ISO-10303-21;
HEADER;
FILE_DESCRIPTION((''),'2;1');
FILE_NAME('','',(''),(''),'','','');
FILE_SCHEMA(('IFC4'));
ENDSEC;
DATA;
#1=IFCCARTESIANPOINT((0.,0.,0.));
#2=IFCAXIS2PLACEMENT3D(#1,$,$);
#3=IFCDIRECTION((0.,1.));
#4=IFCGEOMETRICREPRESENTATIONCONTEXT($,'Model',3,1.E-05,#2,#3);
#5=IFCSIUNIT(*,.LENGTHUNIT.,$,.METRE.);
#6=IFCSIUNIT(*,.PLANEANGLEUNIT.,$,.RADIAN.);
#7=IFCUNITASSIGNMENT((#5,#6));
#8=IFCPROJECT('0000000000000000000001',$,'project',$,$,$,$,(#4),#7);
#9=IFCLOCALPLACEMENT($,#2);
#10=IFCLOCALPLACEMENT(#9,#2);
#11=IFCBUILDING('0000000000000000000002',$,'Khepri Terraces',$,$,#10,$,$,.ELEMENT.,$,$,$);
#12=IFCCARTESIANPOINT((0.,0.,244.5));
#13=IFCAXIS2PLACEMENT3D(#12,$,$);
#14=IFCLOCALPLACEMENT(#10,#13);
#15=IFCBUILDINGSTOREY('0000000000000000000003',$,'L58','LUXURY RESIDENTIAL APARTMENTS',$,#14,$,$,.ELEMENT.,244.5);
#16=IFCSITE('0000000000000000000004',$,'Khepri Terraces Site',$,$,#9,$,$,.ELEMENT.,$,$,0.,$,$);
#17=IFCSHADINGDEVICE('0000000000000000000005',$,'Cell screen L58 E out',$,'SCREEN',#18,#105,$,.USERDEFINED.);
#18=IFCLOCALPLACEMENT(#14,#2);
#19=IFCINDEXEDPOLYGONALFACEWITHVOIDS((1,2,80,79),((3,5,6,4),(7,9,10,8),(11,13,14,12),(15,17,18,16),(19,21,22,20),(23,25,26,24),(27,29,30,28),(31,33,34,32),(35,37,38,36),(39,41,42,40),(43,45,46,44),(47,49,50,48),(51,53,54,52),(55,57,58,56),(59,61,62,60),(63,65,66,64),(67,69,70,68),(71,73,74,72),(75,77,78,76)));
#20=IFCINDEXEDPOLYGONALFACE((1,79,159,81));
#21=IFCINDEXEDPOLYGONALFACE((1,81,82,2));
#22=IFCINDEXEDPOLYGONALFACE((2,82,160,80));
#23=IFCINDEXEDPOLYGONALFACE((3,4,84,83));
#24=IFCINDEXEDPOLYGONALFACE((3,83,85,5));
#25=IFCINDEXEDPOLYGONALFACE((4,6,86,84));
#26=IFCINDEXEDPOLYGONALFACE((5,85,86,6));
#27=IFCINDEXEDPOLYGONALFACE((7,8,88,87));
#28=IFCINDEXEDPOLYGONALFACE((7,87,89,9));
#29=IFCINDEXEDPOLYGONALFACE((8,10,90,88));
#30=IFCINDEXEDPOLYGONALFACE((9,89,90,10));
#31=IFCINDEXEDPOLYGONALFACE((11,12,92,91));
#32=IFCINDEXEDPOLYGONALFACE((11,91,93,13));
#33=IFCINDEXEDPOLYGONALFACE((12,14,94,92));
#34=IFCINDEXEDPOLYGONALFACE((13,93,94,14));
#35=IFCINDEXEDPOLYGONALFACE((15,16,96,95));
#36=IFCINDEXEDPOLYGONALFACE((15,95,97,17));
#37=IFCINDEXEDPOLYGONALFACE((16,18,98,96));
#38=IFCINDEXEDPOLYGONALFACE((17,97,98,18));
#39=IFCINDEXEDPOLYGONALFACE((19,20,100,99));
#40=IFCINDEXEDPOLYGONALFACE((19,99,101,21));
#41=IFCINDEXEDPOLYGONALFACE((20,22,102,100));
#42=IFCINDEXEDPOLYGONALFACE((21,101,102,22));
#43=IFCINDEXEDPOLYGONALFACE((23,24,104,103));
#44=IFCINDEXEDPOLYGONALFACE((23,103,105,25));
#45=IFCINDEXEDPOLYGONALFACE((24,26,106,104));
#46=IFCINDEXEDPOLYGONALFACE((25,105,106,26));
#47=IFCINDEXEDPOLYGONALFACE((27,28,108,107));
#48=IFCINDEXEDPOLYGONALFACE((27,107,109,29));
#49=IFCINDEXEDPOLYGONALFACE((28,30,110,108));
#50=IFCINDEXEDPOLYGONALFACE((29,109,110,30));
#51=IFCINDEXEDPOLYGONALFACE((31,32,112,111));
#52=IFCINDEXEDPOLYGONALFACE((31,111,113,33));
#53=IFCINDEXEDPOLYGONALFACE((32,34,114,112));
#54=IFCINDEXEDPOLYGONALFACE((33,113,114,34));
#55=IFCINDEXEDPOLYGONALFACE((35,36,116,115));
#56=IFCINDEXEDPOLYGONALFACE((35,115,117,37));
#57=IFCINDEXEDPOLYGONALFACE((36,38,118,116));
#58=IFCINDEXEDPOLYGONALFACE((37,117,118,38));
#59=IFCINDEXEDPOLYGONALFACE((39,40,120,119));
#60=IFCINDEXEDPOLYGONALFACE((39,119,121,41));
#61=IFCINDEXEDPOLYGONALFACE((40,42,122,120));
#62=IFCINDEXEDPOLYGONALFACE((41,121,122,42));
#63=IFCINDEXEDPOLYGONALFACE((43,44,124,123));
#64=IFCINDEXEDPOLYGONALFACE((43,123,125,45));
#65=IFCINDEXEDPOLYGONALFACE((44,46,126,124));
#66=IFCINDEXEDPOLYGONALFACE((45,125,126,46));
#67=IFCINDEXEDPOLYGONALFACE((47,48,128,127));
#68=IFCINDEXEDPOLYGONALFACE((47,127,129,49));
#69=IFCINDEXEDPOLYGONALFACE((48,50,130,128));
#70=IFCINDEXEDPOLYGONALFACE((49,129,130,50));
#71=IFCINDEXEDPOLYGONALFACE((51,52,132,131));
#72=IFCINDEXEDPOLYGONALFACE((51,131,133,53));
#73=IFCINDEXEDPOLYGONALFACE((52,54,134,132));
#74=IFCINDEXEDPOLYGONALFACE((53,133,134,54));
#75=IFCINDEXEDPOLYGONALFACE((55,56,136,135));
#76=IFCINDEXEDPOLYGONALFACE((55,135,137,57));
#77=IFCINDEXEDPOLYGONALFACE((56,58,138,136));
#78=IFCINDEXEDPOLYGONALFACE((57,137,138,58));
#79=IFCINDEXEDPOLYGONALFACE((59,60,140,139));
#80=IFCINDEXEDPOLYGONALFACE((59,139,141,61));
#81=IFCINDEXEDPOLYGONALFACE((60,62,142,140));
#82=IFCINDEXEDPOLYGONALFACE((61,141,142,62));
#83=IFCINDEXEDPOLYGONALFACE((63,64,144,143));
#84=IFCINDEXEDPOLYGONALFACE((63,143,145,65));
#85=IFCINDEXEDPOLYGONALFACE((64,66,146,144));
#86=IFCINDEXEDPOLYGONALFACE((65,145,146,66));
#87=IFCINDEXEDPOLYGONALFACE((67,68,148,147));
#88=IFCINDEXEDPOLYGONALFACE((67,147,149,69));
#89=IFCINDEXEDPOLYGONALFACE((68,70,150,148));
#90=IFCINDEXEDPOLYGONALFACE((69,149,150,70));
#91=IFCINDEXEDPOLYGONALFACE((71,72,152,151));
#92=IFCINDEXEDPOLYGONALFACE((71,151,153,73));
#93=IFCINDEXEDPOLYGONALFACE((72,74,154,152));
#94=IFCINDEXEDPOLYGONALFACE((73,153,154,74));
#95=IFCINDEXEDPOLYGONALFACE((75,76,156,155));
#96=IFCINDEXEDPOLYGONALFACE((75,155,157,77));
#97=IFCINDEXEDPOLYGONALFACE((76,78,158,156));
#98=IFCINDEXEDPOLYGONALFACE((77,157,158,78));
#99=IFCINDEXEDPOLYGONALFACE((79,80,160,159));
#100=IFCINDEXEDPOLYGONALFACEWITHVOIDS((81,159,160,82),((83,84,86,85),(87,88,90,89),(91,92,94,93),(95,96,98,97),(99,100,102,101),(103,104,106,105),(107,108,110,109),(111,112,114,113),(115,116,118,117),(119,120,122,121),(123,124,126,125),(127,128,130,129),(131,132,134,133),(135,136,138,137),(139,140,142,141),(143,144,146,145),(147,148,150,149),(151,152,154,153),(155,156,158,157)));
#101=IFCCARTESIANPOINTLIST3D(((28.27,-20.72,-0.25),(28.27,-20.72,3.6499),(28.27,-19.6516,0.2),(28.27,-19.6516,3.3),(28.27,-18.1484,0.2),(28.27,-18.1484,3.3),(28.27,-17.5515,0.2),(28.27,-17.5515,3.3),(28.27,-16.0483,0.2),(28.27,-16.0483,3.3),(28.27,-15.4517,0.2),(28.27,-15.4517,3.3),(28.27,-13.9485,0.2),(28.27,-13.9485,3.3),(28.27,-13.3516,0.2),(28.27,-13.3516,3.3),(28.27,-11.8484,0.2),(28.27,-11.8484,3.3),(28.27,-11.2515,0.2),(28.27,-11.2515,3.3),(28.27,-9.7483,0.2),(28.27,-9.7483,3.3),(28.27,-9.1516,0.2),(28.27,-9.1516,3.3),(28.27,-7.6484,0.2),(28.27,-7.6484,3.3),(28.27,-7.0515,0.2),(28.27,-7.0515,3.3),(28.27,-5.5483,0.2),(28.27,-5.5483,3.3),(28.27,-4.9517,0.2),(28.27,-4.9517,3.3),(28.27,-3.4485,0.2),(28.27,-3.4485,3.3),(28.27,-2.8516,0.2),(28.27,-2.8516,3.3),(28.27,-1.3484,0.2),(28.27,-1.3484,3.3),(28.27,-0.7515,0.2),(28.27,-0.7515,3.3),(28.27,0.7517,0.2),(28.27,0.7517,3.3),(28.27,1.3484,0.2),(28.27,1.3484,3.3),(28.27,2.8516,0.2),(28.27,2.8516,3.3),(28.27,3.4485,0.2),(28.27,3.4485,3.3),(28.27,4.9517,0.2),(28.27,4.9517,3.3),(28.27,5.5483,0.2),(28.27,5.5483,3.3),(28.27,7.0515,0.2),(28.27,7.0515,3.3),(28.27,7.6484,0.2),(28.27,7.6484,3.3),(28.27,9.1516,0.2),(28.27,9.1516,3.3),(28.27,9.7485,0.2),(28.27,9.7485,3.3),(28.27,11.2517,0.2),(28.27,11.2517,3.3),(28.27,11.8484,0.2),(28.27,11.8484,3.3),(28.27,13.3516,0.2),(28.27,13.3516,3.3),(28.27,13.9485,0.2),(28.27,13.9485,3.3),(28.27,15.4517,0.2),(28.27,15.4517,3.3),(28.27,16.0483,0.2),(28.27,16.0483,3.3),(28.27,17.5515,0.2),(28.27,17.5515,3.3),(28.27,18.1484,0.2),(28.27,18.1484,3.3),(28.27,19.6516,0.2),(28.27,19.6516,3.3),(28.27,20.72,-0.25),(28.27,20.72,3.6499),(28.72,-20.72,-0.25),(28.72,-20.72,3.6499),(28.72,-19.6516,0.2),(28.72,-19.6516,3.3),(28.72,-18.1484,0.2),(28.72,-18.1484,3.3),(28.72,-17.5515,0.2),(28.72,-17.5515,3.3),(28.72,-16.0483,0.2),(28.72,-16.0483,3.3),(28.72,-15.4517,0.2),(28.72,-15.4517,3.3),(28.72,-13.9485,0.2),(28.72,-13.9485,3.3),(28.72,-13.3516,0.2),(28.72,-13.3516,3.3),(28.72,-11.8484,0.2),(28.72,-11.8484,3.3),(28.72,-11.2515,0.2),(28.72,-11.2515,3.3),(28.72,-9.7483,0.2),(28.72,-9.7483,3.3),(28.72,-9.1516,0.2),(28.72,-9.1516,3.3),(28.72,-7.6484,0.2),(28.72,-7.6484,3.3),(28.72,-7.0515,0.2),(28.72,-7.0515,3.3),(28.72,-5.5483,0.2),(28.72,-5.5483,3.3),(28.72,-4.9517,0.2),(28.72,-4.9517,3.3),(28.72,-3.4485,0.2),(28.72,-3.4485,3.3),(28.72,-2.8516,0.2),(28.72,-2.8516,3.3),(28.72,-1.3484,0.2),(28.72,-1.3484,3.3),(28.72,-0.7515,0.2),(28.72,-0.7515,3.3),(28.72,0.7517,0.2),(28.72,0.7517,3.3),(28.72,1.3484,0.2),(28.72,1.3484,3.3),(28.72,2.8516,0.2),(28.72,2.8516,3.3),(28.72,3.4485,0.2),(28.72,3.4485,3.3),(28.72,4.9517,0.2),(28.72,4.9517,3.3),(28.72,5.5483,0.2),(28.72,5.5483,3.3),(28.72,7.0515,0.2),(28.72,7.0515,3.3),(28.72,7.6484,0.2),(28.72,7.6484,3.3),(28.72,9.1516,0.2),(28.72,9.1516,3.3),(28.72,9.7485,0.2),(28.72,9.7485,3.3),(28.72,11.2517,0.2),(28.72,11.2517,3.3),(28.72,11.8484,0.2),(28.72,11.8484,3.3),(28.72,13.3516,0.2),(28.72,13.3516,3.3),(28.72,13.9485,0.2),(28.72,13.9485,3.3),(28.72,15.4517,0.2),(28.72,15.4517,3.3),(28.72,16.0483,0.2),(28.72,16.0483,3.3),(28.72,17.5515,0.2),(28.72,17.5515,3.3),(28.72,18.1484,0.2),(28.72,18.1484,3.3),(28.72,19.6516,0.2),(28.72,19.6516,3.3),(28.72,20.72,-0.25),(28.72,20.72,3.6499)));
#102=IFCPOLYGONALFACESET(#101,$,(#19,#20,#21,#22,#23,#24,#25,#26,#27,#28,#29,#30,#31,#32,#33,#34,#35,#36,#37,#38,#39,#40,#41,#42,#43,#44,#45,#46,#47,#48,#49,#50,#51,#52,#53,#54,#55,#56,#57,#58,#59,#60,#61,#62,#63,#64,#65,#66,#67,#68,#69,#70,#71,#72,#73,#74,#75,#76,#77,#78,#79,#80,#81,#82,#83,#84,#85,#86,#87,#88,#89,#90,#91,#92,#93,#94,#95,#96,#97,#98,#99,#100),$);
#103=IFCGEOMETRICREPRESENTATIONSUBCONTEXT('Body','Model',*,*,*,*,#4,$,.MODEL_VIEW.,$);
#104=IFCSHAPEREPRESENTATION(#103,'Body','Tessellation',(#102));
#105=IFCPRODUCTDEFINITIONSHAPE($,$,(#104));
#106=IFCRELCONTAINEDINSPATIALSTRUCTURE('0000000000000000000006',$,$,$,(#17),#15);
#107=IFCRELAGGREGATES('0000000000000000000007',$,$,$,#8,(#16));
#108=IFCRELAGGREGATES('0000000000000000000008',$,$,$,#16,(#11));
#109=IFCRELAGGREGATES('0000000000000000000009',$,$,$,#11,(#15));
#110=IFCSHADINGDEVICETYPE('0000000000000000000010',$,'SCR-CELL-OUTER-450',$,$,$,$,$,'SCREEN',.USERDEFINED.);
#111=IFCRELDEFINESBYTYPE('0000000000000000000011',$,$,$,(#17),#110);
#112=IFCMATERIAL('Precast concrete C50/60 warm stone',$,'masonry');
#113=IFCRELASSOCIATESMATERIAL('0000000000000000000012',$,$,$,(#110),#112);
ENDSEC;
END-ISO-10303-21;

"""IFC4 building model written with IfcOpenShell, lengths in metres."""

from ifc_helpers import new_model, si_unit, direction, frame, origin, place, context, subcontext, project, spatial, polyline, outline, extrude, material, type_object, element, save


model = new_model("IFC4")

# Units and contexts
model_context = context("Model", 3, precision=1e-05, world=origin(), true_north=direction((0.0, 1.0)))
body_context = subcontext(model_context, "Body", "Model", "MODEL_VIEW")
ifc_project = project(units=[si_unit("LENGTHUNIT", "METRE"), si_unit("PLANEANGLEUNIT", "RADIAN")], contexts=[model_context])

# Site, building, storey
site_placement = place(None, origin())
site = spatial("IfcSite", under=ifc_project, at=site_placement, Name="Khepri Terraces Site", CompositionType="ELEMENT", RefElevation=0.0)
building_placement = place(site_placement, origin())
building = spatial("IfcBuilding", under=site, at=building_placement, Name="Khepri Terraces", CompositionType="ELEMENT")
storey_placement = place(building_placement, frame((0.0, 0.0, 244.5)))
storey = spatial("IfcBuildingStorey", under=building, at=storey_placement, Name="L58", Description="LUXURY RESIDENTIAL APARTMENTS", CompositionType="ELEMENT", Elevation=244.5)

# Shared definitions
ifc_material_1 = material(Name="Precast concrete C50/60 warm stone", Category="masonry")

# Shading device
shading_device_type_1 = type_object("IfcShadingDeviceType", Name="SCR-CELL-OUTER-450", ElementType="SCREEN", PredefinedType="USERDEFINED", material=ifc_material_1)
shading_device_1_placement = place(storey_placement, frame((28.27, -20.72, -0.25), z_axis=(1.0, 0.0, 0.0), x_axis=(0.0, 1.0, 0.0)))
element("IfcShadingDevice", 1, at=shading_device_1_placement, inside=storey, type_object=shading_device_type_1, Name="Cell screen L58 E out", ObjectType="SCREEN", PredefinedType="USERDEFINED", context=body_context, shape_type="SweptSolid", body=[
    extrude(outline(polyline([(0.0, 0.0), (41.4399, 0.0), (41.4399, 3.8999), (0.0, 3.8999), (0.0, 0.0)]), holes=[polyline([(1.0684, 0.45), (2.5715, 0.45), (2.5715, 3.55), (1.0684, 3.55), (1.0684, 0.45)]), polyline([(3.1685, 0.45), (4.6716, 0.45), (4.6716, 3.55), (3.1685, 3.55), (3.1685, 0.45)]), polyline([(5.2683, 0.45), (6.7715, 0.45), (6.7715, 3.55), (5.2683, 3.55), (5.2683, 0.45)]), polyline([(7.3684, 0.45), (8.8716, 0.45), (8.8716, 3.55), (7.3684, 3.55), (7.3684, 0.45)]), polyline([(9.4685, 0.45), (10.9717, 0.45), (10.9717, 3.55), (9.4685, 3.55), (9.4685, 0.45)]), polyline([(11.5684, 0.45), (13.0715, 0.45), (13.0715, 3.55), (11.5684, 3.55), (11.5684, 0.45)]), polyline([(13.6685, 0.45), (15.1716, 0.45), (15.1716, 3.55), (13.6685, 3.55), (13.6685, 0.45)]), polyline([(15.7683, 0.45), (17.2715, 0.45), (17.2715, 3.55), (15.7683, 3.55), (15.7683, 0.45)]), polyline([(17.8684, 0.45), (19.3716, 0.45), (19.3716, 3.55), (17.8684, 3.55), (17.8684, 0.45)]), polyline([(19.9685, 0.45), (21.4717, 0.45), (21.4717, 3.55), (19.9685, 3.55), (19.9685, 0.45)]), polyline([(22.0684, 0.45), (23.5715, 0.45), (23.5715, 3.55), (22.0684, 3.55), (22.0684, 0.45)]), polyline([(24.1685, 0.45), (25.6716, 0.45), (25.6716, 3.55), (24.1685, 3.55), (24.1685, 0.45)]), polyline([(26.2683, 0.45), (27.7715, 0.45), (27.7715, 3.55), (26.2683, 3.55), (26.2683, 0.45)]), polyline([(28.3684, 0.45), (29.8716, 0.45), (29.8716, 3.55), (28.3684, 3.55), (28.3684, 0.45)]), polyline([(30.4685, 0.45), (31.9717, 0.45), (31.9717, 3.55), (30.4685, 3.55), (30.4685, 0.45)]), polyline([(32.5684, 0.45), (34.0715, 0.45), (34.0715, 3.55), (32.5684, 3.55), (32.5684, 0.45)]), polyline([(34.6685, 0.45), (36.1716, 0.45), (36.1716, 3.55), (34.6685, 3.55), (34.6685, 0.45)]), polyline([(36.7683, 0.45), (38.2715, 0.45), (38.2715, 3.55), (36.7683, 3.55), (36.7683, 0.45)]), polyline([(38.8684, 0.45), (40.3716, 0.45), (40.3716, 3.55), (38.8684, 3.55), (38.8684, 0.45)])]), origin(), (0.0, 0.0, 1.0), 0.45),
])

save(model, "model.ifc")
